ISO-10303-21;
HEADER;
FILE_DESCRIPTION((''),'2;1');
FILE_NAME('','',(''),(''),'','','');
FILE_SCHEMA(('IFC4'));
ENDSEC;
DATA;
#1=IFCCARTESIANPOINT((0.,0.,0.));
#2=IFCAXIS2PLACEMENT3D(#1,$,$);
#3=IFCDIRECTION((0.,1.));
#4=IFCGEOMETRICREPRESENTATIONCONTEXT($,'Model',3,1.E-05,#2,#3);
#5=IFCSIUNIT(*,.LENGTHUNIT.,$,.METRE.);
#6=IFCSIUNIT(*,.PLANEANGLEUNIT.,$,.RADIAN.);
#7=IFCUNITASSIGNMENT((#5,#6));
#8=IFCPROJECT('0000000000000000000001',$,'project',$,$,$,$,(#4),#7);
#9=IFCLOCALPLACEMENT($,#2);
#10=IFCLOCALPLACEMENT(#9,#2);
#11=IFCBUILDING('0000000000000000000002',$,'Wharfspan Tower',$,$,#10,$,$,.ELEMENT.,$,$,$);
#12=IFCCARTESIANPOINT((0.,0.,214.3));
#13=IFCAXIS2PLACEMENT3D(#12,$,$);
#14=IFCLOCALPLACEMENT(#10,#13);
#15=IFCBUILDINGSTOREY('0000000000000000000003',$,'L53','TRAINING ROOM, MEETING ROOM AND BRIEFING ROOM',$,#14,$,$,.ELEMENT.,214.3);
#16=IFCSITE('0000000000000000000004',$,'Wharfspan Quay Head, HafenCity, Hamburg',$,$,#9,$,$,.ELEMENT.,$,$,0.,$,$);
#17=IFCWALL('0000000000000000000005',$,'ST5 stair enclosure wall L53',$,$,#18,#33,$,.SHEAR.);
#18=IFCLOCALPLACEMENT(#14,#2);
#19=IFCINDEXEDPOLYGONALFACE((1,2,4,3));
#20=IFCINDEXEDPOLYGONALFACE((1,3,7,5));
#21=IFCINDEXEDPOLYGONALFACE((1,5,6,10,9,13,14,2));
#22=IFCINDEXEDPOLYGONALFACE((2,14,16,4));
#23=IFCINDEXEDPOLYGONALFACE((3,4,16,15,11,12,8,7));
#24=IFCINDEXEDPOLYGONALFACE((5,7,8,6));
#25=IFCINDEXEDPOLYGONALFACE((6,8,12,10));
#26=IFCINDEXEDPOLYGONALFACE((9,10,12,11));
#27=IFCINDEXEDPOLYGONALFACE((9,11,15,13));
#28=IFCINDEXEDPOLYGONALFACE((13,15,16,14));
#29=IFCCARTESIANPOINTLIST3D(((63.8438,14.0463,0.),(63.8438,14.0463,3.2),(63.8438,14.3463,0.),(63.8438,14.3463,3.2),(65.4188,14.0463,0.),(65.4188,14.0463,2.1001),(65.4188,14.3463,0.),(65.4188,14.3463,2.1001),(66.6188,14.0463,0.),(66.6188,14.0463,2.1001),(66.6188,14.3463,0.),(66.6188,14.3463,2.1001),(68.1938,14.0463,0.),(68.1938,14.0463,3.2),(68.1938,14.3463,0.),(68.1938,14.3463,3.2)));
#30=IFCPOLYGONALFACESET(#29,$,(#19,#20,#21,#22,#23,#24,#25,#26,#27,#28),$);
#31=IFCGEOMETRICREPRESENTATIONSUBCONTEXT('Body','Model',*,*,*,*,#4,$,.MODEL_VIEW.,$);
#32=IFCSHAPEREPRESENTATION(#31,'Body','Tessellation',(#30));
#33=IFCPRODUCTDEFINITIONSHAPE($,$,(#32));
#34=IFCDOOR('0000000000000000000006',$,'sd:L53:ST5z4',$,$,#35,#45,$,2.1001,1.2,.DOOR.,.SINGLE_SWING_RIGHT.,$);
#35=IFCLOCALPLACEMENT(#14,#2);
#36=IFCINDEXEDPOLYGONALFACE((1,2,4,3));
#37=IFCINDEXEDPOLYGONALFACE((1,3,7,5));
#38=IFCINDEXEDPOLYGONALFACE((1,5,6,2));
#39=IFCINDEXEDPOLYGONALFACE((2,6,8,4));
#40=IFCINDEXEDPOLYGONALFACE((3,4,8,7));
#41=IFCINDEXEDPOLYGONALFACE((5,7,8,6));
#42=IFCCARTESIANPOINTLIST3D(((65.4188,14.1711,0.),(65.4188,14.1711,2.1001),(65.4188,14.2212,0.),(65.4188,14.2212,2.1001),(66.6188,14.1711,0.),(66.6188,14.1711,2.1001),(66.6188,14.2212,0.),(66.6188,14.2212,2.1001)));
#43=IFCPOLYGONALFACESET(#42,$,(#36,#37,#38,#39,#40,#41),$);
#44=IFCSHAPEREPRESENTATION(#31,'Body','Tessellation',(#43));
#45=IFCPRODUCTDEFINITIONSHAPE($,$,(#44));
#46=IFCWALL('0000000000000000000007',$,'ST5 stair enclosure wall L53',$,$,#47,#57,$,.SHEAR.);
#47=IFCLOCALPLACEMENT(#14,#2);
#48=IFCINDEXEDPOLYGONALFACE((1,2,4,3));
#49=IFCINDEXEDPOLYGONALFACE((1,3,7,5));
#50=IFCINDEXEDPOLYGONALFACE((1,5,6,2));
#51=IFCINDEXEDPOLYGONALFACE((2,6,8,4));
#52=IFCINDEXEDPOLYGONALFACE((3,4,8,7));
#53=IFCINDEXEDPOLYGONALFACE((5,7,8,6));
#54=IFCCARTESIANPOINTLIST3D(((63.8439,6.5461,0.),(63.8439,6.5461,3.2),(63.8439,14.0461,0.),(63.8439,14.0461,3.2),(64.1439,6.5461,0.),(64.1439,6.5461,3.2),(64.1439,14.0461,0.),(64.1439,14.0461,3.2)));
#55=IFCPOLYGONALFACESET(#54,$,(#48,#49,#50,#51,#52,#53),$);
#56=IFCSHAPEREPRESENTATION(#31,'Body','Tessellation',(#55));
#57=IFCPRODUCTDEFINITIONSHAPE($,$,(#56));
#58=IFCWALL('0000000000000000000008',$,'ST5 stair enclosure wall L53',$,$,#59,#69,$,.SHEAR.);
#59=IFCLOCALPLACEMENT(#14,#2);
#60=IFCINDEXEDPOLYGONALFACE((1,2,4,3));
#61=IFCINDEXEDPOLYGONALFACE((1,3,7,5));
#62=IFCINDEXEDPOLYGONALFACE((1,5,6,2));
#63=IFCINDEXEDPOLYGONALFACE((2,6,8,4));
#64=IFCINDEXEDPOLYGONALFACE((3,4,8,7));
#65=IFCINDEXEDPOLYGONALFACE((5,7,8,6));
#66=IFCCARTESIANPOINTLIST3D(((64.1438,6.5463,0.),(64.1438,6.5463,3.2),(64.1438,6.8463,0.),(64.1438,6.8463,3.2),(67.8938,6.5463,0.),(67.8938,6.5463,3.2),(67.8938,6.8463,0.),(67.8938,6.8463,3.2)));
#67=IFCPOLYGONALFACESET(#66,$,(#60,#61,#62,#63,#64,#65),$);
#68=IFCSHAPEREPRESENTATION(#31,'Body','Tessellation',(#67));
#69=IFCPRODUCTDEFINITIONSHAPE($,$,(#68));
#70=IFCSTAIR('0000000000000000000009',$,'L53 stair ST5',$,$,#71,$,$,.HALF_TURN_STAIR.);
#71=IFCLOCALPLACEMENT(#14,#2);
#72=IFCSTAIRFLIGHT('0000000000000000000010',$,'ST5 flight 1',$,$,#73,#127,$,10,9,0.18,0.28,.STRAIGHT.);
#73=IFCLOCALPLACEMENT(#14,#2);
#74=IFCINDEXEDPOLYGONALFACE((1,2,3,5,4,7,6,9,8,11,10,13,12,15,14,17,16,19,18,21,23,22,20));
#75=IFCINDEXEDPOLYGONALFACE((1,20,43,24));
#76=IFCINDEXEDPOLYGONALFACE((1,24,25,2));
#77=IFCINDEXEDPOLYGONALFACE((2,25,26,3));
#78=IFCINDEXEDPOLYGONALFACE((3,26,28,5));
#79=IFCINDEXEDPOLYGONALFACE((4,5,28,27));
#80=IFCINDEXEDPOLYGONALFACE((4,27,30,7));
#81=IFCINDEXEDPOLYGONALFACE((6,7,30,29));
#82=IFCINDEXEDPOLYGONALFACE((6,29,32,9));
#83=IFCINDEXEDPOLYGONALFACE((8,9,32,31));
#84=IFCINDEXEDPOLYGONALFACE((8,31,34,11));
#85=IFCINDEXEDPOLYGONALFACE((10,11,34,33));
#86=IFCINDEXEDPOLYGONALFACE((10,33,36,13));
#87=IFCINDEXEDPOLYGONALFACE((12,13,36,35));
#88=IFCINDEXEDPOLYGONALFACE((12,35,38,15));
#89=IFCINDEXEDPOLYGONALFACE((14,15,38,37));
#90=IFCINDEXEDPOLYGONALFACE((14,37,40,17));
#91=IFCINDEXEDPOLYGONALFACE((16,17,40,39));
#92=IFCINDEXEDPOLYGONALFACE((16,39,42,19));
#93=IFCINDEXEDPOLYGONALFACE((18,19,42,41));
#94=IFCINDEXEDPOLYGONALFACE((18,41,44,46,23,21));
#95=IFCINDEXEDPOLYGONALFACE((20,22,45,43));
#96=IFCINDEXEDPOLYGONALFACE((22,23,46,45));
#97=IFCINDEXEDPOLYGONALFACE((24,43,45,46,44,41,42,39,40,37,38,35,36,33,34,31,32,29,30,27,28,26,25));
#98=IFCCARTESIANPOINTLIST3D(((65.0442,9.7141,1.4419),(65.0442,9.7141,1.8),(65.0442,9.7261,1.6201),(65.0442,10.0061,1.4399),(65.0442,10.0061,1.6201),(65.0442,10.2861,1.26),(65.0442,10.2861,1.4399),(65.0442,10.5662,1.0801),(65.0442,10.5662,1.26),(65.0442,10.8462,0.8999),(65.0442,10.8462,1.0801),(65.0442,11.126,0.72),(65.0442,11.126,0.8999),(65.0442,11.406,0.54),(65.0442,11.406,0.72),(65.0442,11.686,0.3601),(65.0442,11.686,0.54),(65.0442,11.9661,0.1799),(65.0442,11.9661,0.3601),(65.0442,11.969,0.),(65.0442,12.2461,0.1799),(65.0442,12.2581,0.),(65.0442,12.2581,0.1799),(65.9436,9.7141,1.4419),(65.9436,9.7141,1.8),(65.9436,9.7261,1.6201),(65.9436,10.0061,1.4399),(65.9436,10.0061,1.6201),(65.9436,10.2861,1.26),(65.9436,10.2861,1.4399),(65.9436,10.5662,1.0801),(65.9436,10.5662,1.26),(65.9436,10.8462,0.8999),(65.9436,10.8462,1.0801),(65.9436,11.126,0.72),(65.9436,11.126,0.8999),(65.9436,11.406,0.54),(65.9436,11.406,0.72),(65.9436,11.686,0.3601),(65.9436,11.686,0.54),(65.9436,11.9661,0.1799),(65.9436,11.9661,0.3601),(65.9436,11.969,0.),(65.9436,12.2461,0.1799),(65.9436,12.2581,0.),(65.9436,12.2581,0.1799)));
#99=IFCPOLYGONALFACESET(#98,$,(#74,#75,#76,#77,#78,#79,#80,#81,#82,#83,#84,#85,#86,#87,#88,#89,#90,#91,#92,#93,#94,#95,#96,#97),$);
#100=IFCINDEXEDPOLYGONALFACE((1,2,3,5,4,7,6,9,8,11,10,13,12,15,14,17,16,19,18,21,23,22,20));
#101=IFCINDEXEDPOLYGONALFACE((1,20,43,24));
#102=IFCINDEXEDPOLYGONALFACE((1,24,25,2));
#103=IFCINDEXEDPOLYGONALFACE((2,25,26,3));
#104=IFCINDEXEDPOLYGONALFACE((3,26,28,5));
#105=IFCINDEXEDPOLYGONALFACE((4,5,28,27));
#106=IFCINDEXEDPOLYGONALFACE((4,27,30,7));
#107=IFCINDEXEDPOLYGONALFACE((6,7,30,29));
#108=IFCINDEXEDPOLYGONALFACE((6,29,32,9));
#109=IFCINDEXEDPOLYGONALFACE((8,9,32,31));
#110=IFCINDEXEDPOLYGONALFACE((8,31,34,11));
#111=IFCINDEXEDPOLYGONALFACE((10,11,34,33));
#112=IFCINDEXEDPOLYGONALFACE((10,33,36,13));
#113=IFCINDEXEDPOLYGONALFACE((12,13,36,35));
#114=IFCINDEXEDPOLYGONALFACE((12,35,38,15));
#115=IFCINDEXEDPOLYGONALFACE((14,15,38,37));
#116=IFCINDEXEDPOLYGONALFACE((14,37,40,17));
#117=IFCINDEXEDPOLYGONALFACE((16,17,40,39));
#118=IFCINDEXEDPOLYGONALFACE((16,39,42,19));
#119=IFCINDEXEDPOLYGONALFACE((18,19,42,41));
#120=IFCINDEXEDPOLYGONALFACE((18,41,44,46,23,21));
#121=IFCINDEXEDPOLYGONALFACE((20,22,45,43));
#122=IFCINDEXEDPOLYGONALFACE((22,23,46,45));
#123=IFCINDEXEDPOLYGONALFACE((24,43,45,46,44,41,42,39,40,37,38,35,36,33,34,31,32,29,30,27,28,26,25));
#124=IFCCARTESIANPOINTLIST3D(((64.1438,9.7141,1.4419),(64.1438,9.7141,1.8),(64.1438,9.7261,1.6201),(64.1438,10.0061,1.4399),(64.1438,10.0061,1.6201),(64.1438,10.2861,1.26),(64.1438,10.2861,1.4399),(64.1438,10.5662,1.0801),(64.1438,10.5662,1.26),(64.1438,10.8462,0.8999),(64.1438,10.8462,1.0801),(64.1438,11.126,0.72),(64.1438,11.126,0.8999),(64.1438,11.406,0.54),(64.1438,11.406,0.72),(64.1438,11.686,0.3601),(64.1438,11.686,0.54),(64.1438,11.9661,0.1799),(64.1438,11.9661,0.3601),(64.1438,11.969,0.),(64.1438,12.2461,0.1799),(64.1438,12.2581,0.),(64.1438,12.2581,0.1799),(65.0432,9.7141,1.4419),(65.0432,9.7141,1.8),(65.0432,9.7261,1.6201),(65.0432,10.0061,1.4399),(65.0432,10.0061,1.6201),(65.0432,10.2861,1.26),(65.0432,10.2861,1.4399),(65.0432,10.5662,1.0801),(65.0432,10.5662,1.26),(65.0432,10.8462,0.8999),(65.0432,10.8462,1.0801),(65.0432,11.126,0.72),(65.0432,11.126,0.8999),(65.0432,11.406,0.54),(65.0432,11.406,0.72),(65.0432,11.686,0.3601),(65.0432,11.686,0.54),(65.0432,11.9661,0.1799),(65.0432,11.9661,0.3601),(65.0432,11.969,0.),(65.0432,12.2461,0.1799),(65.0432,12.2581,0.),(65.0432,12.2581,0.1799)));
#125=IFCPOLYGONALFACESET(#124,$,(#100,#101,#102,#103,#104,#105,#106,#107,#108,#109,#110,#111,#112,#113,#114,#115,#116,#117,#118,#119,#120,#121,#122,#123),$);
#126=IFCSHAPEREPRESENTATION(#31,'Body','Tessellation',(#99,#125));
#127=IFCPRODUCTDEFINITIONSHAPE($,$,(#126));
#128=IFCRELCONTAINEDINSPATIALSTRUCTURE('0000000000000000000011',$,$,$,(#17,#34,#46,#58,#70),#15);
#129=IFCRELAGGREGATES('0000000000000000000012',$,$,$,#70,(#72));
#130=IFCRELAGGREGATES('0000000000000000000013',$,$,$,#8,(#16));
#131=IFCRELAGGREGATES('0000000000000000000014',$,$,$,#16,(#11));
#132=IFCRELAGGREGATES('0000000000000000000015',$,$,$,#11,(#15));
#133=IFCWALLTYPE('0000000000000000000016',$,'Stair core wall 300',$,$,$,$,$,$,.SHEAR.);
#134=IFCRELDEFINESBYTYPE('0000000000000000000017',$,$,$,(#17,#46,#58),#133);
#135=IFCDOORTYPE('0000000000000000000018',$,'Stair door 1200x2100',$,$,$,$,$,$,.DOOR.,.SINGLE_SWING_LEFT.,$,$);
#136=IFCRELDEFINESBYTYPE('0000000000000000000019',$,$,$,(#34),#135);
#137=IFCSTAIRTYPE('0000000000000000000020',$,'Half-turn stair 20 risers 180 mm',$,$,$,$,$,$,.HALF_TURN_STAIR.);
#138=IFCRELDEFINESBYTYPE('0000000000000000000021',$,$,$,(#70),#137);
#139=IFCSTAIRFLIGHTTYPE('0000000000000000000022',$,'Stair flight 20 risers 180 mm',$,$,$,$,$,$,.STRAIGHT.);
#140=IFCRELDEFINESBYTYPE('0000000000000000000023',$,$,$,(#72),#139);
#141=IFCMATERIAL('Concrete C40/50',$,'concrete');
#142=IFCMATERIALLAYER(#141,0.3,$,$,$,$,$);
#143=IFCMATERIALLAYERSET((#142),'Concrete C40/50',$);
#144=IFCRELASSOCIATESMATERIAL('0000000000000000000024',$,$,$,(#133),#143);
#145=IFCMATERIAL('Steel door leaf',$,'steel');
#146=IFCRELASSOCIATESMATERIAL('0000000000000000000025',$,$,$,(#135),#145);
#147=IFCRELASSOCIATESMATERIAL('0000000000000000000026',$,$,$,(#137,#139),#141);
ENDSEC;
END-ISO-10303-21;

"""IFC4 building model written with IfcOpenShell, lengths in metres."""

from ifc_helpers import new_model, si_unit, direction, frame, frame_2d, origin, place, context, subcontext, project, spatial, polyline, rectangle, outline, extrude, material, layer, layer_set, type_object, element, fill, aggregate, save


model = new_model("IFC4")

# Units and contexts
model_context = context("Model", 3, precision=1e-05, world=origin(), true_north=direction((0.0, 1.0)))
body_context = subcontext(model_context, "Body", "Model", "MODEL_VIEW")
ifc_project = project(units=[si_unit("LENGTHUNIT", "METRE"), si_unit("PLANEANGLEUNIT", "RADIAN")], contexts=[model_context])

# Site, building, storey
site_placement = place(None, origin())
site = spatial("IfcSite", under=ifc_project, at=site_placement, Name="Wharfspan Quay Head, HafenCity, Hamburg", CompositionType="ELEMENT", RefElevation=0.0)
building_placement = place(site_placement, origin())
building = spatial("IfcBuilding", under=site, at=building_placement, Name="Wharfspan Tower", CompositionType="ELEMENT")
storey_placement = place(building_placement, frame((0.0, 0.0, 214.3)))
storey = spatial("IfcBuildingStorey", under=building, at=storey_placement, Name="L53", Description="TRAINING ROOM, MEETING ROOM AND BRIEFING ROOM", CompositionType="ELEMENT", Elevation=214.3)

# Wall, opening, door
ifc_material_1 = material(Name="Concrete C40/50", Category="concrete")
ifc_layer_1 = layer(ifc_material_1, 0.3)
ifc_layer_set_1 = layer_set([ifc_layer_1], Name="Concrete C40/50")
wall_type_1 = type_object("IfcWallType", Name="Stair core wall 300", PredefinedType="SHEAR", material=ifc_layer_set_1)
wall_1_placement = place(storey_placement, frame((63.8438, 14.1963, 0.0), z_axis=(0.0, 0.0, 1.0), x_axis=(1.0, 0.0, 0.0)))
wall_1 = element("IfcWall", 1, at=wall_1_placement, inside=storey, type_object=wall_type_1, Name="ST5 stair enclosure wall L53", PredefinedType="SHEAR", context=body_context, shape_type="SweptSolid", body=[
    extrude(rectangle(XDim=4.3501, YDim=0.3, at=frame_2d((2.175, 0.0))), origin(), (0.0, 0.0, 1.0), 3.2),
])
opening_1_placement = place(wall_1_placement, frame((1.575, 0.0, 0.0)))
opening_1 = element("IfcOpeningElement", 2, at=opening_1_placement, cuts=wall_1, PredefinedType="OPENING", context=body_context, shape_type="SweptSolid", body=[
    extrude(rectangle(XDim=1.2, YDim=2.1001, at=frame_2d((0.6001, 1.05))), frame((0.0, 0.1599, 0.0), z_axis=(0.0, -1.0, 0.0), x_axis=(1.0, 0.0, 0.0)), (0.0, 0.0, 1.0), 0.3201),
])
ifc_material_2 = material(Name="Steel door leaf", Category="steel")
door_type_1 = type_object("IfcDoorType", Name="Stair door 1200x2100", OperationType="SINGLE_SWING_LEFT", PredefinedType="DOOR", material=ifc_material_2)
door_1_placement = place(opening_1_placement, origin())
door_1 = element("IfcDoor", 3, at=door_1_placement, inside=storey, type_object=door_type_1, Name="sd:L53:ST5z4", OperationType="SINGLE_SWING_RIGHT", OverallHeight=2.1001, OverallWidth=1.2, PredefinedType="DOOR", context=body_context, shape_type="SweptSolid", body=[
    extrude(rectangle(XDim=1.2, YDim=2.1001, at=frame_2d((0.6001, 1.05))), frame((0.0, 0.0249, 0.0), z_axis=(0.0, -1.0, 0.0), x_axis=(1.0, 0.0, 0.0)), (0.0, 0.0, 1.0), 0.05),
])
fill(opening_1, door_1)

# Walls
wall_2_placement = place(storey_placement, frame((63.9939, 6.5461, 0.0), z_axis=(0.0, 0.0, 1.0), x_axis=(0.0, 1.0, 0.0)))
element("IfcWall", 4, at=wall_2_placement, inside=storey, type_object=wall_type_1, Name="ST5 stair enclosure wall L53", PredefinedType="SHEAR", context=body_context, shape_type="SweptSolid", body=[
    extrude(rectangle(XDim=7.5, YDim=0.3, at=frame_2d((3.75, 0.0))), origin(), (0.0, 0.0, 1.0), 3.2),
])
wall_3_placement = place(storey_placement, frame((64.1438, 6.6963, 0.0), z_axis=(0.0, 0.0, 1.0), x_axis=(1.0, 0.0, 0.0)))
element("IfcWall", 5, at=wall_3_placement, inside=storey, type_object=wall_type_1, Name="ST5 stair enclosure wall L53", PredefinedType="SHEAR", context=body_context, shape_type="SweptSolid", body=[
    extrude(rectangle(XDim=3.75, YDim=0.3, at=frame_2d((1.875, 0.0))), origin(), (0.0, 0.0, 1.0), 3.2),
])

# Stair, stair flight
stair_type = type_object("IfcStairType", Name="Half-turn stair 20 risers 180 mm", PredefinedType="HALF_TURN_STAIR", material=ifc_material_1)
stair_placement = place(storey_placement, origin())
stair = element("IfcStair", 6, at=stair_placement, inside=storey, type_object=stair_type, Name="L53 stair ST5", PredefinedType="HALF_TURN_STAIR")
stair_flight_type = type_object("IfcStairFlightType", Name="Stair flight 20 risers 180 mm", PredefinedType="STRAIGHT", material=ifc_material_1)
stair_flight_placement = place(storey_placement, frame((65.0437, 12.2461, 0.0), z_axis=(0.0, 0.0, 1.0), x_axis=(0.0, -1.0, 0.0)))
stair_flight = element("IfcStairFlight", 7, at=stair_flight_placement, type_object=stair_flight_type, Name="ST5 flight 1", NumberOfRisers=10, NumberOfTreads=9, PredefinedType="STRAIGHT", RiserHeight=0.18, TreadLength=0.28, context=body_context, shape_type="SweptSolid", body=[
    extrude(outline(polyline([(-0.012, 0.0), (-0.012, 0.1799), (0.0, 0.1799), (0.28, 0.1799), (0.28, 0.3601), (0.5601, 0.3601), (0.5601, 0.54), (0.8401, 0.54), (0.8401, 0.72), (1.1201, 0.72), (1.1201, 0.8999), (1.3999, 0.8999), (1.3999, 1.0801), (1.6799, 1.0801), (1.6799, 1.26), (1.96, 1.26), (1.96, 1.4399), (2.24, 1.4399), (2.24, 1.6201), (2.52, 1.6201), (2.532, 1.8), (2.532, 1.4419), (0.2771, 0.0), (-0.012, 0.0)])), frame((0.0, 0.8999, 0.0), z_axis=(0.0, -1.0, 0.0), x_axis=(1.0, 0.0, 0.0)), (0.0, 0.0, 1.0), 0.8994),
    extrude(outline(polyline([(-0.012, 0.0), (-0.012, 0.1799), (0.0, 0.1799), (0.28, 0.1799), (0.28, 0.3601), (0.5601, 0.3601), (0.5601, 0.54), (0.8401, 0.54), (0.8401, 0.72), (1.1201, 0.72), (1.1201, 0.8999), (1.3999, 0.8999), (1.3999, 1.0801), (1.6799, 1.0801), (1.6799, 1.26), (1.96, 1.26), (1.96, 1.4399), (2.24, 1.4399), (2.24, 1.6201), (2.52, 1.6201), (2.532, 1.8), (2.532, 1.4419), (0.2771, 0.0), (-0.012, 0.0)])), frame((0.0, -0.0005, 0.0), z_axis=(0.0, -1.0, 0.0), x_axis=(1.0, 0.0, 0.0)), (0.0, 0.0, 1.0), 0.8994),
])
aggregate(stair, [stair_flight])

save(model, "model.ifc")
